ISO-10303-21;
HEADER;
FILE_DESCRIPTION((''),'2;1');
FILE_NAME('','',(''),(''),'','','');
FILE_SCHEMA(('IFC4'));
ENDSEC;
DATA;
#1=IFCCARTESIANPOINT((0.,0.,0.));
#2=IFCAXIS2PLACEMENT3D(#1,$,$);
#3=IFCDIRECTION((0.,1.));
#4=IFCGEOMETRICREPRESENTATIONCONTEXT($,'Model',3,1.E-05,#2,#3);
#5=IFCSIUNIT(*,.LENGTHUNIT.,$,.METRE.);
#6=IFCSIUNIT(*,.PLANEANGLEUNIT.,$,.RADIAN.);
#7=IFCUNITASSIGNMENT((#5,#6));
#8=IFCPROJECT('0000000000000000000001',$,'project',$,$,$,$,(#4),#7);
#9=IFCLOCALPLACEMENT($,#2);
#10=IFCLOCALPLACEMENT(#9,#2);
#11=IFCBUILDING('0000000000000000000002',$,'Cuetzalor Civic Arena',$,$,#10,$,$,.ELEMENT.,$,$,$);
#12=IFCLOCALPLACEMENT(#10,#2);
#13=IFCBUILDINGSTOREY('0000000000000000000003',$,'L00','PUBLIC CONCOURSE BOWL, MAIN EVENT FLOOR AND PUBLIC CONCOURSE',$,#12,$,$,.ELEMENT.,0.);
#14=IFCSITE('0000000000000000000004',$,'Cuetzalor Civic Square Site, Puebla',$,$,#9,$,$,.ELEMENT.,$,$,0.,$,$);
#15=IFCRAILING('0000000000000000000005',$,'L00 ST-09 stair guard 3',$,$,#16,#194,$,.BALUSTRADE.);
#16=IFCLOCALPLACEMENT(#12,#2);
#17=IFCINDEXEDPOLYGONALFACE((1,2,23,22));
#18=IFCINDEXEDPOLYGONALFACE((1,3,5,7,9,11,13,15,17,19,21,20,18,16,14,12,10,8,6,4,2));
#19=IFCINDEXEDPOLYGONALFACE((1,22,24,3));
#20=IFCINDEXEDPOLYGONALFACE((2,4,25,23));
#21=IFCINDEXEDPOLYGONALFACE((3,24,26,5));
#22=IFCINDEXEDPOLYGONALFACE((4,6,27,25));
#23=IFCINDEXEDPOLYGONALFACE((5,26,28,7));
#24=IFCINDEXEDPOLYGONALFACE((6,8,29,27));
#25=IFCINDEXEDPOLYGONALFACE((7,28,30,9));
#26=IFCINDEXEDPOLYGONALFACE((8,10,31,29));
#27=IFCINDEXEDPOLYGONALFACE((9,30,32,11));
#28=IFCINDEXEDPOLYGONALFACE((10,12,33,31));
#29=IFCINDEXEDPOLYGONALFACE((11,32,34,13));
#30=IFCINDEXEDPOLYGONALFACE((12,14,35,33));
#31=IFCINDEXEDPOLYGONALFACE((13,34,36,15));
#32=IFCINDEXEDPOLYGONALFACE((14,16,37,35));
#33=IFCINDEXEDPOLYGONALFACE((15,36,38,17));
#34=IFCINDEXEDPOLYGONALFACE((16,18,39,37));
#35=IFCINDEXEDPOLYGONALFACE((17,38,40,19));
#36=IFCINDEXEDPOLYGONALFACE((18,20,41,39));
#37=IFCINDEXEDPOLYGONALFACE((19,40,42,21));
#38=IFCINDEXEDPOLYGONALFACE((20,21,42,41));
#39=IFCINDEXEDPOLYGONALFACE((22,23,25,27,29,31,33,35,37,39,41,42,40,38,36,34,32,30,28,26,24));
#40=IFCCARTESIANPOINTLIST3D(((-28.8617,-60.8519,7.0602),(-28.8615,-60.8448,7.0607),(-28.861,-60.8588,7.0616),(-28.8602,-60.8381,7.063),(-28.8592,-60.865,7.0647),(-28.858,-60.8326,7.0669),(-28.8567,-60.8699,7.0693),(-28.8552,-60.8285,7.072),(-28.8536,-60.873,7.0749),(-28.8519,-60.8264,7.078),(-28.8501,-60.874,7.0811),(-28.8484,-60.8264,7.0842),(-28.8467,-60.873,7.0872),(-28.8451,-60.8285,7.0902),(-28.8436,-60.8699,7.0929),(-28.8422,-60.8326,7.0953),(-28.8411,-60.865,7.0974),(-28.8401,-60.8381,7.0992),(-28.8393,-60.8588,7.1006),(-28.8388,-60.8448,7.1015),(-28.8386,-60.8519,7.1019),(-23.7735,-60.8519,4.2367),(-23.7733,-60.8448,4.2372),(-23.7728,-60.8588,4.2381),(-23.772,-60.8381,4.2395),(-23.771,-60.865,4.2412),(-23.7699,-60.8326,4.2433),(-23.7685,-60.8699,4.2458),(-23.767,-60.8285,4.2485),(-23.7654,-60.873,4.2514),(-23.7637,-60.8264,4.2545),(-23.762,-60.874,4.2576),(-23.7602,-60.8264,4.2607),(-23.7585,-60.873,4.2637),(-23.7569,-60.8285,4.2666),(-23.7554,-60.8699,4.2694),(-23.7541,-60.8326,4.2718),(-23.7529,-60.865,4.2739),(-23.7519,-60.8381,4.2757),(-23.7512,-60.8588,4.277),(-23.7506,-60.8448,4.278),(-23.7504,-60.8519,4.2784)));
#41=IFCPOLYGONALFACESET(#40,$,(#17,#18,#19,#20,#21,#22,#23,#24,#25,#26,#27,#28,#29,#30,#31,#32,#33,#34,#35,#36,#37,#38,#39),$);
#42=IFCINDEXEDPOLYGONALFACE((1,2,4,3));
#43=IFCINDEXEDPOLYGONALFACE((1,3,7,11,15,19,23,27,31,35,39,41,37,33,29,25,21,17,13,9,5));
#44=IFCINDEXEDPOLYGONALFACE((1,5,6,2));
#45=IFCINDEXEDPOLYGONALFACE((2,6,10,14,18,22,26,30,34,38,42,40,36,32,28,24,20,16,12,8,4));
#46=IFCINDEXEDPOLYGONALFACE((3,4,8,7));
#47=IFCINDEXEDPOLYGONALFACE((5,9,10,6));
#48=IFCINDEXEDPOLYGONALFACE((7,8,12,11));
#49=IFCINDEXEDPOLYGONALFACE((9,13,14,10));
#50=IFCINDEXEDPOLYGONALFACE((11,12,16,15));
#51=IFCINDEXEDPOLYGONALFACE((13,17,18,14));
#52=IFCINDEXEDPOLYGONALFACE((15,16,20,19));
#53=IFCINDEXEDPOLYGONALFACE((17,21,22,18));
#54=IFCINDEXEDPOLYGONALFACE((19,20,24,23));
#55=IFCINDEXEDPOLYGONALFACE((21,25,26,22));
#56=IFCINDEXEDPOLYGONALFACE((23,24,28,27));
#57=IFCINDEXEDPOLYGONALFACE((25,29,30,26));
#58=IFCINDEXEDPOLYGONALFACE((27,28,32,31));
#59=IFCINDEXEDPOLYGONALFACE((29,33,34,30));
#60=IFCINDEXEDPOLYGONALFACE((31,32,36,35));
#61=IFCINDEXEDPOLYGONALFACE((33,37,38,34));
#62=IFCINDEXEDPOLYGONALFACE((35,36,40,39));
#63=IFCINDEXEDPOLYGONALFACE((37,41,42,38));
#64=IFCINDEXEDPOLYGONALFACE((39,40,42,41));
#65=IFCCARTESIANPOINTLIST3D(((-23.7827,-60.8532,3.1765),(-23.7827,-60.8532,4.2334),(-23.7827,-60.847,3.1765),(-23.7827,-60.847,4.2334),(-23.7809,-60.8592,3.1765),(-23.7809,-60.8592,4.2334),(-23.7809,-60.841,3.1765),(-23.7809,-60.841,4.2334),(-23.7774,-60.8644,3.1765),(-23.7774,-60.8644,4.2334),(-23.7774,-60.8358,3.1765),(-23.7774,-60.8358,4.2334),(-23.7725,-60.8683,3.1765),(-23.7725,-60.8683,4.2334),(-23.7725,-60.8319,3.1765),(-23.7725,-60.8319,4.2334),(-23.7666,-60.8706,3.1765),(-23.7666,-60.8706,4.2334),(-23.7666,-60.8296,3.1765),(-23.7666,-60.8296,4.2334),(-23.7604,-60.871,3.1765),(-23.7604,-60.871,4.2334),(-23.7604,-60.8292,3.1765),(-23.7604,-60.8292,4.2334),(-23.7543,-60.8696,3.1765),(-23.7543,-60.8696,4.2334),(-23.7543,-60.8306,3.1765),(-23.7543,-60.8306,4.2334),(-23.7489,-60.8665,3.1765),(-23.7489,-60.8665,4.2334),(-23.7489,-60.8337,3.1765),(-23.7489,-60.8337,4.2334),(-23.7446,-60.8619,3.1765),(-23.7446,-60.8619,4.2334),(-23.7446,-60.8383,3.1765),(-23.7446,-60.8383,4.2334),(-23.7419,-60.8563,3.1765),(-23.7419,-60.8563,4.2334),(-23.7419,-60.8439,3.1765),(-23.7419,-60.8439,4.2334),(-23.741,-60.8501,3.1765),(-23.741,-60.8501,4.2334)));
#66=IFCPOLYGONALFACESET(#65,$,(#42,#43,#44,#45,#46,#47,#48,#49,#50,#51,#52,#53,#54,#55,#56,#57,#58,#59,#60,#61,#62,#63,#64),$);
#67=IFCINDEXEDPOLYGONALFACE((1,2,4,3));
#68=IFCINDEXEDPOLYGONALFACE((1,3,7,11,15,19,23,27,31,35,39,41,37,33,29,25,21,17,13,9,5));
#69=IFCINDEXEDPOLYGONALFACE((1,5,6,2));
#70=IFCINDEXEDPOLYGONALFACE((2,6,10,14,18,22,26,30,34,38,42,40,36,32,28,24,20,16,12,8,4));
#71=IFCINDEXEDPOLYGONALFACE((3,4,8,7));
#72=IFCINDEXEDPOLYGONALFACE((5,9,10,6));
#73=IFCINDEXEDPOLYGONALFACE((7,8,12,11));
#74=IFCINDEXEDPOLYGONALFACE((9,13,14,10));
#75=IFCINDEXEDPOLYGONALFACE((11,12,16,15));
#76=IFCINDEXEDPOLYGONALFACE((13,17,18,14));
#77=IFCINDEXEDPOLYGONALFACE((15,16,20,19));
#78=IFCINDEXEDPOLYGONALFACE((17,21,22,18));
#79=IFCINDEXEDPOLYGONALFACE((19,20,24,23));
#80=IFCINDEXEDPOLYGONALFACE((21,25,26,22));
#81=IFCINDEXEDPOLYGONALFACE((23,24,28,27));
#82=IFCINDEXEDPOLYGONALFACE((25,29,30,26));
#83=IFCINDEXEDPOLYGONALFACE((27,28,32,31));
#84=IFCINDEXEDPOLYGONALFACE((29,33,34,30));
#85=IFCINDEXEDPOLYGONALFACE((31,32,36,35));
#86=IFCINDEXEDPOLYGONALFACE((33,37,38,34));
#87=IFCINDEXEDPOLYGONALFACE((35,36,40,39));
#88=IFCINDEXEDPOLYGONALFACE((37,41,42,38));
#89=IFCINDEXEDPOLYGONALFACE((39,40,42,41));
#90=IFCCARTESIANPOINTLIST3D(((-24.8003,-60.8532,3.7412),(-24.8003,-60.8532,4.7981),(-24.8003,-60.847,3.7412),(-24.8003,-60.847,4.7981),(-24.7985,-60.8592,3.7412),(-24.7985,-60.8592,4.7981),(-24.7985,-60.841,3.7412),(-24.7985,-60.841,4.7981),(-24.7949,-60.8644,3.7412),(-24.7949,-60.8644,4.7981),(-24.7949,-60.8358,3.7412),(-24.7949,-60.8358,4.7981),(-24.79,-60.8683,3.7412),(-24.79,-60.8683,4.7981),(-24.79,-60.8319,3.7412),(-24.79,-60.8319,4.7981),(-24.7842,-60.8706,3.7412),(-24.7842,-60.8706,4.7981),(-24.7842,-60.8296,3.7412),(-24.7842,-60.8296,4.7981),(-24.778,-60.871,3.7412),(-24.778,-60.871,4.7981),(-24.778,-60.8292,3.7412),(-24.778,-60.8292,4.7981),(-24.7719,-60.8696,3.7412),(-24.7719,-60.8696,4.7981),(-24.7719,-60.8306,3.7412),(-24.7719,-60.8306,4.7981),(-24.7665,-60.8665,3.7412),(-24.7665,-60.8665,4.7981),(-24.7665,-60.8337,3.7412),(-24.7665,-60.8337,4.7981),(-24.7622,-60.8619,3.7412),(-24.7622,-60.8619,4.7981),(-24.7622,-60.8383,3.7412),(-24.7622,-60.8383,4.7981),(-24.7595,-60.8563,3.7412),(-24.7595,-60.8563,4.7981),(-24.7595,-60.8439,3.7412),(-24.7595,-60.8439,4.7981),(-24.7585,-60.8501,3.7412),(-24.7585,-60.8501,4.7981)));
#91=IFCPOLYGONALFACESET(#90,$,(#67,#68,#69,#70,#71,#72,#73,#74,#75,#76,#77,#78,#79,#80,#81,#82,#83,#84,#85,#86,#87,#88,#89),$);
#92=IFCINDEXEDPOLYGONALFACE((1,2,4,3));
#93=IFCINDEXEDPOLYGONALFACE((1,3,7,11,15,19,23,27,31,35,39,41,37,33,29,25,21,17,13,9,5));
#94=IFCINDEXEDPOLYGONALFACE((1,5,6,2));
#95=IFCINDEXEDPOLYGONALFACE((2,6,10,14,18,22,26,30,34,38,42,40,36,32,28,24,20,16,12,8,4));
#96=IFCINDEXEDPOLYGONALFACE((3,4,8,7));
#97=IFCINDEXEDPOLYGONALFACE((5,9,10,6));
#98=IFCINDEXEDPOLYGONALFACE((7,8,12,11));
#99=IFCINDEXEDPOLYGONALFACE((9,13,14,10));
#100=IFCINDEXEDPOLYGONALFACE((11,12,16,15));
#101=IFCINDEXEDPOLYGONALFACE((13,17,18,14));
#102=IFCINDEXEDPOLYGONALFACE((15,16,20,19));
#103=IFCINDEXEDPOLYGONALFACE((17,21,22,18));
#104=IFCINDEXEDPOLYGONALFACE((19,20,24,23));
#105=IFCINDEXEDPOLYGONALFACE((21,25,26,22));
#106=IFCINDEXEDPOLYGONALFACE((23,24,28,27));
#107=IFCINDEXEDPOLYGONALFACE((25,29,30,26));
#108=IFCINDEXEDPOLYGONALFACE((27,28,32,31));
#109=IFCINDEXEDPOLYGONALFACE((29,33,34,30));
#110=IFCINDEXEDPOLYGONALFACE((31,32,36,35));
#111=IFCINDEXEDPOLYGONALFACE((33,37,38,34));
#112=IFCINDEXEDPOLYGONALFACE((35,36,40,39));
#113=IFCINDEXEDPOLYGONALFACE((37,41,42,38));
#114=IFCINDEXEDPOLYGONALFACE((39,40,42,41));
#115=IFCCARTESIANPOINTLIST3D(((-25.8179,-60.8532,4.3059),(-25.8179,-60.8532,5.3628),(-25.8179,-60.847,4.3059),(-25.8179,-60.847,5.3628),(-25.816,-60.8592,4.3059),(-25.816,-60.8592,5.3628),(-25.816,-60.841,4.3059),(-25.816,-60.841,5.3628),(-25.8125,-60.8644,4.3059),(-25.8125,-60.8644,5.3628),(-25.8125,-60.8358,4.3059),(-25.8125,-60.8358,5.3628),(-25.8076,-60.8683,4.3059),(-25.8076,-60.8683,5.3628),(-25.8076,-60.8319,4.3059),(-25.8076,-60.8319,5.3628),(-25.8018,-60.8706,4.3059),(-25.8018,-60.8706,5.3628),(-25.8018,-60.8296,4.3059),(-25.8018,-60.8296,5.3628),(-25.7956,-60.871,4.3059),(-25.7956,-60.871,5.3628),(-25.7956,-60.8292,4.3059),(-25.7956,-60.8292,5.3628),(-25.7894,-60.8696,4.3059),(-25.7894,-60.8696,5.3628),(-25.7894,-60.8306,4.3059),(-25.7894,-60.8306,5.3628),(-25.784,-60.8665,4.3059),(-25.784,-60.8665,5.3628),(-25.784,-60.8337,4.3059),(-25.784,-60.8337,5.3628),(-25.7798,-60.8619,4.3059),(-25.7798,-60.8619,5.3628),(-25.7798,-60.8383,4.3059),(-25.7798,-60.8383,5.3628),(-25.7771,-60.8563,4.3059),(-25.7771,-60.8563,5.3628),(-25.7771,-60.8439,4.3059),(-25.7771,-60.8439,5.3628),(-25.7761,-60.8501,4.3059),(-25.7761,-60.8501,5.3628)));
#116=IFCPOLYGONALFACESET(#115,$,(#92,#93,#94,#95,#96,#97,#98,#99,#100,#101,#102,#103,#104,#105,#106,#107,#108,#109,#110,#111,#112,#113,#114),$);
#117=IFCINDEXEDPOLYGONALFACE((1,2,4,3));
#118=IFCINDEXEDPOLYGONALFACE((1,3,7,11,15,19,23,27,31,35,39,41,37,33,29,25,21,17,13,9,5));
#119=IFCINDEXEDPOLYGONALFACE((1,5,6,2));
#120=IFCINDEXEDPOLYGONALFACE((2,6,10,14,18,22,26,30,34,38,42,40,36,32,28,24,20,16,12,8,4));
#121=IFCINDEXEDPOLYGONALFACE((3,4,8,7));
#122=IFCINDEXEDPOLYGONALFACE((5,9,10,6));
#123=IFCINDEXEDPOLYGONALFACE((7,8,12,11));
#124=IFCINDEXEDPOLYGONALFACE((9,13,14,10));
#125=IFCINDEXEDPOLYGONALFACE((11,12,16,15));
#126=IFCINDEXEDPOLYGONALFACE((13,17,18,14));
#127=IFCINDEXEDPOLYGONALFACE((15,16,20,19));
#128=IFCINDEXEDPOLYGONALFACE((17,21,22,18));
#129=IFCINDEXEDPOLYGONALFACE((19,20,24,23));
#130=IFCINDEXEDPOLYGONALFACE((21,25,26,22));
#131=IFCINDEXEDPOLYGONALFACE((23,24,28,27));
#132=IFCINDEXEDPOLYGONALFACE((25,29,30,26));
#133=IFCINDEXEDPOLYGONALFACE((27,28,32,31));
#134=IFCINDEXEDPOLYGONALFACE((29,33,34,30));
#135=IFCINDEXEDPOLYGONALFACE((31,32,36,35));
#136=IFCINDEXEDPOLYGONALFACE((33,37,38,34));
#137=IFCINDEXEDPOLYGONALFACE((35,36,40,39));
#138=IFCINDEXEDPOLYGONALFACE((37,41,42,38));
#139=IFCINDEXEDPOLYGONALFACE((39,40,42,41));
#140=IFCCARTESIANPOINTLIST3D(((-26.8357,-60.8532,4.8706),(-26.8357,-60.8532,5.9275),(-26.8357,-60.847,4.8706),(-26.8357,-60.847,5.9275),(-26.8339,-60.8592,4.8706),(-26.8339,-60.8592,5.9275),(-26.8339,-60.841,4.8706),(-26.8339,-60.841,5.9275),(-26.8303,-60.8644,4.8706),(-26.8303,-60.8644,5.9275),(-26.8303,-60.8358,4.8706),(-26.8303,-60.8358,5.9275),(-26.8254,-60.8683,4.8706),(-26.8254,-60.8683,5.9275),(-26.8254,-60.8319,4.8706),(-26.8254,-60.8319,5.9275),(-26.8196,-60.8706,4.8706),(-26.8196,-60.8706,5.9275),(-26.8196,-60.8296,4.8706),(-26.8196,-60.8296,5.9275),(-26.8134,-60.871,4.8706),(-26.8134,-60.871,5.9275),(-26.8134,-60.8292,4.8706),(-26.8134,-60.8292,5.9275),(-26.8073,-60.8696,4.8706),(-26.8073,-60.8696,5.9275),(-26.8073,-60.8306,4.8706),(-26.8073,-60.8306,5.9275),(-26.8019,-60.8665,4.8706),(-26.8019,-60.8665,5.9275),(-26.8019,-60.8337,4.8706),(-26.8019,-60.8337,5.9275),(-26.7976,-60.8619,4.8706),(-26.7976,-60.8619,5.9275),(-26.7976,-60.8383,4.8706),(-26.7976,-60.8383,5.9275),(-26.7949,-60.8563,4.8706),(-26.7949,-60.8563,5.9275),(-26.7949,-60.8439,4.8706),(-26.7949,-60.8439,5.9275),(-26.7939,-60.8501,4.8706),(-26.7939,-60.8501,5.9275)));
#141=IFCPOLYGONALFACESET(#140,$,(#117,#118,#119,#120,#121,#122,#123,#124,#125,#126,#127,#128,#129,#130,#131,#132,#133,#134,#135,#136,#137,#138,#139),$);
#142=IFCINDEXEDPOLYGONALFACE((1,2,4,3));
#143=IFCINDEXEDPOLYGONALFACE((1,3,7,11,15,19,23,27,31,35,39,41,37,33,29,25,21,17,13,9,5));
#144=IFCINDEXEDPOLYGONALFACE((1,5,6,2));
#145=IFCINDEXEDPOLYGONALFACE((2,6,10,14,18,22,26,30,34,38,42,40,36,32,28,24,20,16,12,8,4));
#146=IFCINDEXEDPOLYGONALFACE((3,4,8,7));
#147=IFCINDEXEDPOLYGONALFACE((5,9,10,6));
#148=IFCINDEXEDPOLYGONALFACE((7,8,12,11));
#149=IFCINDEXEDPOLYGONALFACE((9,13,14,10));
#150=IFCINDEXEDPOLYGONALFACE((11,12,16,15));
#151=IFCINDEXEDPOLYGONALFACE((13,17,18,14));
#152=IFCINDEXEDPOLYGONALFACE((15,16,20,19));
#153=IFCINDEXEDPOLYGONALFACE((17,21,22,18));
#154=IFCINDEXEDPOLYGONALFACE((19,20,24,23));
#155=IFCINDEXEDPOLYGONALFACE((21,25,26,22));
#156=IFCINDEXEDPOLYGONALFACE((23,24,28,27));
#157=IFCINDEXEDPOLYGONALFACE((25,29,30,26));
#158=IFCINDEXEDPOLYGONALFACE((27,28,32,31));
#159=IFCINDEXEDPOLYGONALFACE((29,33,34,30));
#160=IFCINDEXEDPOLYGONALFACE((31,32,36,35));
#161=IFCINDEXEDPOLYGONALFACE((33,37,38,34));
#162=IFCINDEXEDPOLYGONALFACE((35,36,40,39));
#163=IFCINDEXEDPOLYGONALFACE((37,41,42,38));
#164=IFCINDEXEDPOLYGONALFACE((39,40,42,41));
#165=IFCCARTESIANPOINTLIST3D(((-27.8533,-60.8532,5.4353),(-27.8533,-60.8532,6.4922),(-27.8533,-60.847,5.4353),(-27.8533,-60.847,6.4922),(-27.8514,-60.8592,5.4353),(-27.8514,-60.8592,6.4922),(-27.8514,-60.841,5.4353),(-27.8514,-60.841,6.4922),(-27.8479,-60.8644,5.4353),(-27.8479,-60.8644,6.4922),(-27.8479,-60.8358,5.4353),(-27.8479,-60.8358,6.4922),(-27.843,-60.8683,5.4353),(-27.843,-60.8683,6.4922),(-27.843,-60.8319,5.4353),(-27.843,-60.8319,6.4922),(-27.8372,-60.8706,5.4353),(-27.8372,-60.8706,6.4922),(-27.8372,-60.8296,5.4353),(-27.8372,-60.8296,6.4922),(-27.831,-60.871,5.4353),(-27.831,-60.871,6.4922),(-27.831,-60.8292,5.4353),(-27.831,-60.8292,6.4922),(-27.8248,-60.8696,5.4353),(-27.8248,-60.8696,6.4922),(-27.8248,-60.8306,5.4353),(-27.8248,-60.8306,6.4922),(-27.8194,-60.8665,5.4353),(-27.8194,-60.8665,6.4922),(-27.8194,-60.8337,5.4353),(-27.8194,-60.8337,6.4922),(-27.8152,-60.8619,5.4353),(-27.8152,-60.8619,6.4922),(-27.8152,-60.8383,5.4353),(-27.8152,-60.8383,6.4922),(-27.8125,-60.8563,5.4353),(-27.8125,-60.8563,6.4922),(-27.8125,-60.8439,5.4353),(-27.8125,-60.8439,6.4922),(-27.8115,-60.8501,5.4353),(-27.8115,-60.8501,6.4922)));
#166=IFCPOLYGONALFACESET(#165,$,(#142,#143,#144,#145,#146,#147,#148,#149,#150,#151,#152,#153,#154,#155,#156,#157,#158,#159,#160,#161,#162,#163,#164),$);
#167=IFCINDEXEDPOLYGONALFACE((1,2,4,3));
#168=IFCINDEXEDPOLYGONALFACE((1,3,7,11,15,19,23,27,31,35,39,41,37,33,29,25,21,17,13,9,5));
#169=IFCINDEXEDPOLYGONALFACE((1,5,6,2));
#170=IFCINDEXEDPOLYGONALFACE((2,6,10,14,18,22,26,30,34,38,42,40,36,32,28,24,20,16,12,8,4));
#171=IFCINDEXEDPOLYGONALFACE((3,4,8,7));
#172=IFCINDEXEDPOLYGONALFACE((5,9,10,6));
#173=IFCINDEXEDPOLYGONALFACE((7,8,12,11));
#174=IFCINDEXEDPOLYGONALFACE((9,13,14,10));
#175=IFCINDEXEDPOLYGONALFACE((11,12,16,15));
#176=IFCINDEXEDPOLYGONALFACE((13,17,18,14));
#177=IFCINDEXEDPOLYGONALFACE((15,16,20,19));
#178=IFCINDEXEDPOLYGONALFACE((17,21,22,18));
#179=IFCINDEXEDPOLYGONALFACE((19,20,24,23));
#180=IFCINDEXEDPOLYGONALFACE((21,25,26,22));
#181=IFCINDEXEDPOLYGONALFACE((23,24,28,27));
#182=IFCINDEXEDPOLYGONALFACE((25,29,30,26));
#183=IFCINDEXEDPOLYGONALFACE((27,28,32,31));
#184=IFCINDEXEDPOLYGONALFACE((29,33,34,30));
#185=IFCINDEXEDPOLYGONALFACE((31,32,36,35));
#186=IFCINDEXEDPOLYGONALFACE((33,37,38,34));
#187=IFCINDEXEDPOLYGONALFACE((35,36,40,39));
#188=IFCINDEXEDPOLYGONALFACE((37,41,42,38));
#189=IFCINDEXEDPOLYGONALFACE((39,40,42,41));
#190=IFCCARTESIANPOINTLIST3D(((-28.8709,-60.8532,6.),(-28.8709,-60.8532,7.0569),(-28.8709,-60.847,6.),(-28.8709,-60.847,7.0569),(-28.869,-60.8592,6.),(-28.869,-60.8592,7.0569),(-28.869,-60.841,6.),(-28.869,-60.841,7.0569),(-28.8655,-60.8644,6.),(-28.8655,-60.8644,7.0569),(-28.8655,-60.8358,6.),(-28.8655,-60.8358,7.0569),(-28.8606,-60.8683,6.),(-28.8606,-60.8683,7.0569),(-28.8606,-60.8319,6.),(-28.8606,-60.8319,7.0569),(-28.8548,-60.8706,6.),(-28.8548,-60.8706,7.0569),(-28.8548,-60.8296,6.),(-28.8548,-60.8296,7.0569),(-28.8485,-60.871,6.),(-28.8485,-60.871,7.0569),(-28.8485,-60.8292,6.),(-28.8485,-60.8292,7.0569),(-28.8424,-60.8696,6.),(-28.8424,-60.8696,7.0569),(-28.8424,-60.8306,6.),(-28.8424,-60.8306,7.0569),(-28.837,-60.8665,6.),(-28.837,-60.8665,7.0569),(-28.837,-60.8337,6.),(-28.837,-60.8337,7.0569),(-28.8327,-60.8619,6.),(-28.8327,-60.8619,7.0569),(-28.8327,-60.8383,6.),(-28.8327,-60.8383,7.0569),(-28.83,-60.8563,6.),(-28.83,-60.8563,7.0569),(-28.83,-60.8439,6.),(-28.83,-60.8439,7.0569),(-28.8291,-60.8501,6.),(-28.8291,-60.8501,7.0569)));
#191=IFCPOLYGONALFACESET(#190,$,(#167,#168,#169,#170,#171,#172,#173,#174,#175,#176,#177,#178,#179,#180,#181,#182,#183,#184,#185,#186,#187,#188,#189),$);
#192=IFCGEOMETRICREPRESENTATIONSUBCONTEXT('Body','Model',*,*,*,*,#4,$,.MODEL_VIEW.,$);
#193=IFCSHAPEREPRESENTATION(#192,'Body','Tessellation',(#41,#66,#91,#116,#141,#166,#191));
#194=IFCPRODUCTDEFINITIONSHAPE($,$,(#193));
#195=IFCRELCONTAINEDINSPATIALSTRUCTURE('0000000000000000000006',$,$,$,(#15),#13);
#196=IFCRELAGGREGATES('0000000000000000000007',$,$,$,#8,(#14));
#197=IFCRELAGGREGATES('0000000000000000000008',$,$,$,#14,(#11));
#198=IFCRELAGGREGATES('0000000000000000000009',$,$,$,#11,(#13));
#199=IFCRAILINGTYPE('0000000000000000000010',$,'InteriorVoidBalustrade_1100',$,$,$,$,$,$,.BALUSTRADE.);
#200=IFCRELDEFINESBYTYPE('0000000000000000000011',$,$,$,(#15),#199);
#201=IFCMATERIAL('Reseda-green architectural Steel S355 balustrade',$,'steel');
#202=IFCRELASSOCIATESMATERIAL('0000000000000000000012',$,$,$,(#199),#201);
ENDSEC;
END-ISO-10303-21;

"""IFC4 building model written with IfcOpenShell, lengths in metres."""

from ifc_helpers import new_model, si_unit, direction, frame, origin, origin_2d, place, context, subcontext, project, spatial, circle, extrude, material, type_object, element, save


model = new_model("IFC4")

# Units and contexts
model_context = context("Model", 3, precision=1e-05, world=origin(), true_north=direction((0.0, 1.0)))
body_context = subcontext(model_context, "Body", "Model", "MODEL_VIEW")
ifc_project = project(units=[si_unit("LENGTHUNIT", "METRE"), si_unit("PLANEANGLEUNIT", "RADIAN")], contexts=[model_context])

# Site, building, storey
site_placement = place(None, origin())
site = spatial("IfcSite", under=ifc_project, at=site_placement, Name="Cuetzalor Civic Square Site, Puebla", CompositionType="ELEMENT", RefElevation=0.0)
building_placement = place(site_placement, origin())
building = spatial("IfcBuilding", under=site, at=building_placement, Name="Cuetzalor Civic Arena", CompositionType="ELEMENT")
storey_placement = place(building_placement, origin())
storey = spatial("IfcBuildingStorey", under=building, at=storey_placement, Name="L00", Description="PUBLIC CONCOURSE BOWL, MAIN EVENT FLOOR AND PUBLIC CONCOURSE", CompositionType="ELEMENT", Elevation=0.0)

# Railing
ifc_material_1 = material(Name="Reseda-green architectural Steel S355 balustrade", Category="steel")
railing_type_1 = type_object("IfcRailingType", Name="InteriorVoidBalustrade_1100", PredefinedType="BALUSTRADE", material=ifc_material_1)
railing_1_placement = place(storey_placement, frame((-23.762, -60.8501, 3.1765)))
element("IfcRailing", 1, at=railing_1_placement, inside=storey, type_object=railing_type_1, Name="L00 ST-09 stair guard 3", PredefinedType="BALUSTRADE", context=body_context, shape_type="SweptSolid", body=[
    extrude(circle(Radius=0.0239, at=origin_2d()), frame((0.0, 0.0, 1.0811), z_axis=(-0.874395, 0.0, 0.485215), x_axis=(0.0, -1.0, 0.0)), (0.0, 0.0, 1.0), 5.8191),
    extrude(circle(Radius=0.021, at=origin_2d()), origin(), (0.0, 0.0, 1.0), 1.0569),
    extrude(circle(Radius=0.021, at=origin_2d()), frame((-1.0176, 0.0, 0.5647)), (0.0, 0.0, 1.0), 1.0569),
    extrude(circle(Radius=0.021, at=origin_2d()), frame((-2.0352, 0.0, 1.1294)), (0.0, 0.0, 1.0), 1.0569),
    extrude(circle(Radius=0.021, at=origin_2d()), frame((-3.053, 0.0, 1.6941)), (0.0, 0.0, 1.0), 1.0569),
    extrude(circle(Radius=0.021, at=origin_2d()), frame((-4.0706, 0.0, 2.2588)), (0.0, 0.0, 1.0), 1.0569),
    extrude(circle(Radius=0.021, at=origin_2d()), frame((-5.0881, 0.0, 2.8235)), (0.0, 0.0, 1.0), 1.0569),
])

save(model, "model.ifc")
